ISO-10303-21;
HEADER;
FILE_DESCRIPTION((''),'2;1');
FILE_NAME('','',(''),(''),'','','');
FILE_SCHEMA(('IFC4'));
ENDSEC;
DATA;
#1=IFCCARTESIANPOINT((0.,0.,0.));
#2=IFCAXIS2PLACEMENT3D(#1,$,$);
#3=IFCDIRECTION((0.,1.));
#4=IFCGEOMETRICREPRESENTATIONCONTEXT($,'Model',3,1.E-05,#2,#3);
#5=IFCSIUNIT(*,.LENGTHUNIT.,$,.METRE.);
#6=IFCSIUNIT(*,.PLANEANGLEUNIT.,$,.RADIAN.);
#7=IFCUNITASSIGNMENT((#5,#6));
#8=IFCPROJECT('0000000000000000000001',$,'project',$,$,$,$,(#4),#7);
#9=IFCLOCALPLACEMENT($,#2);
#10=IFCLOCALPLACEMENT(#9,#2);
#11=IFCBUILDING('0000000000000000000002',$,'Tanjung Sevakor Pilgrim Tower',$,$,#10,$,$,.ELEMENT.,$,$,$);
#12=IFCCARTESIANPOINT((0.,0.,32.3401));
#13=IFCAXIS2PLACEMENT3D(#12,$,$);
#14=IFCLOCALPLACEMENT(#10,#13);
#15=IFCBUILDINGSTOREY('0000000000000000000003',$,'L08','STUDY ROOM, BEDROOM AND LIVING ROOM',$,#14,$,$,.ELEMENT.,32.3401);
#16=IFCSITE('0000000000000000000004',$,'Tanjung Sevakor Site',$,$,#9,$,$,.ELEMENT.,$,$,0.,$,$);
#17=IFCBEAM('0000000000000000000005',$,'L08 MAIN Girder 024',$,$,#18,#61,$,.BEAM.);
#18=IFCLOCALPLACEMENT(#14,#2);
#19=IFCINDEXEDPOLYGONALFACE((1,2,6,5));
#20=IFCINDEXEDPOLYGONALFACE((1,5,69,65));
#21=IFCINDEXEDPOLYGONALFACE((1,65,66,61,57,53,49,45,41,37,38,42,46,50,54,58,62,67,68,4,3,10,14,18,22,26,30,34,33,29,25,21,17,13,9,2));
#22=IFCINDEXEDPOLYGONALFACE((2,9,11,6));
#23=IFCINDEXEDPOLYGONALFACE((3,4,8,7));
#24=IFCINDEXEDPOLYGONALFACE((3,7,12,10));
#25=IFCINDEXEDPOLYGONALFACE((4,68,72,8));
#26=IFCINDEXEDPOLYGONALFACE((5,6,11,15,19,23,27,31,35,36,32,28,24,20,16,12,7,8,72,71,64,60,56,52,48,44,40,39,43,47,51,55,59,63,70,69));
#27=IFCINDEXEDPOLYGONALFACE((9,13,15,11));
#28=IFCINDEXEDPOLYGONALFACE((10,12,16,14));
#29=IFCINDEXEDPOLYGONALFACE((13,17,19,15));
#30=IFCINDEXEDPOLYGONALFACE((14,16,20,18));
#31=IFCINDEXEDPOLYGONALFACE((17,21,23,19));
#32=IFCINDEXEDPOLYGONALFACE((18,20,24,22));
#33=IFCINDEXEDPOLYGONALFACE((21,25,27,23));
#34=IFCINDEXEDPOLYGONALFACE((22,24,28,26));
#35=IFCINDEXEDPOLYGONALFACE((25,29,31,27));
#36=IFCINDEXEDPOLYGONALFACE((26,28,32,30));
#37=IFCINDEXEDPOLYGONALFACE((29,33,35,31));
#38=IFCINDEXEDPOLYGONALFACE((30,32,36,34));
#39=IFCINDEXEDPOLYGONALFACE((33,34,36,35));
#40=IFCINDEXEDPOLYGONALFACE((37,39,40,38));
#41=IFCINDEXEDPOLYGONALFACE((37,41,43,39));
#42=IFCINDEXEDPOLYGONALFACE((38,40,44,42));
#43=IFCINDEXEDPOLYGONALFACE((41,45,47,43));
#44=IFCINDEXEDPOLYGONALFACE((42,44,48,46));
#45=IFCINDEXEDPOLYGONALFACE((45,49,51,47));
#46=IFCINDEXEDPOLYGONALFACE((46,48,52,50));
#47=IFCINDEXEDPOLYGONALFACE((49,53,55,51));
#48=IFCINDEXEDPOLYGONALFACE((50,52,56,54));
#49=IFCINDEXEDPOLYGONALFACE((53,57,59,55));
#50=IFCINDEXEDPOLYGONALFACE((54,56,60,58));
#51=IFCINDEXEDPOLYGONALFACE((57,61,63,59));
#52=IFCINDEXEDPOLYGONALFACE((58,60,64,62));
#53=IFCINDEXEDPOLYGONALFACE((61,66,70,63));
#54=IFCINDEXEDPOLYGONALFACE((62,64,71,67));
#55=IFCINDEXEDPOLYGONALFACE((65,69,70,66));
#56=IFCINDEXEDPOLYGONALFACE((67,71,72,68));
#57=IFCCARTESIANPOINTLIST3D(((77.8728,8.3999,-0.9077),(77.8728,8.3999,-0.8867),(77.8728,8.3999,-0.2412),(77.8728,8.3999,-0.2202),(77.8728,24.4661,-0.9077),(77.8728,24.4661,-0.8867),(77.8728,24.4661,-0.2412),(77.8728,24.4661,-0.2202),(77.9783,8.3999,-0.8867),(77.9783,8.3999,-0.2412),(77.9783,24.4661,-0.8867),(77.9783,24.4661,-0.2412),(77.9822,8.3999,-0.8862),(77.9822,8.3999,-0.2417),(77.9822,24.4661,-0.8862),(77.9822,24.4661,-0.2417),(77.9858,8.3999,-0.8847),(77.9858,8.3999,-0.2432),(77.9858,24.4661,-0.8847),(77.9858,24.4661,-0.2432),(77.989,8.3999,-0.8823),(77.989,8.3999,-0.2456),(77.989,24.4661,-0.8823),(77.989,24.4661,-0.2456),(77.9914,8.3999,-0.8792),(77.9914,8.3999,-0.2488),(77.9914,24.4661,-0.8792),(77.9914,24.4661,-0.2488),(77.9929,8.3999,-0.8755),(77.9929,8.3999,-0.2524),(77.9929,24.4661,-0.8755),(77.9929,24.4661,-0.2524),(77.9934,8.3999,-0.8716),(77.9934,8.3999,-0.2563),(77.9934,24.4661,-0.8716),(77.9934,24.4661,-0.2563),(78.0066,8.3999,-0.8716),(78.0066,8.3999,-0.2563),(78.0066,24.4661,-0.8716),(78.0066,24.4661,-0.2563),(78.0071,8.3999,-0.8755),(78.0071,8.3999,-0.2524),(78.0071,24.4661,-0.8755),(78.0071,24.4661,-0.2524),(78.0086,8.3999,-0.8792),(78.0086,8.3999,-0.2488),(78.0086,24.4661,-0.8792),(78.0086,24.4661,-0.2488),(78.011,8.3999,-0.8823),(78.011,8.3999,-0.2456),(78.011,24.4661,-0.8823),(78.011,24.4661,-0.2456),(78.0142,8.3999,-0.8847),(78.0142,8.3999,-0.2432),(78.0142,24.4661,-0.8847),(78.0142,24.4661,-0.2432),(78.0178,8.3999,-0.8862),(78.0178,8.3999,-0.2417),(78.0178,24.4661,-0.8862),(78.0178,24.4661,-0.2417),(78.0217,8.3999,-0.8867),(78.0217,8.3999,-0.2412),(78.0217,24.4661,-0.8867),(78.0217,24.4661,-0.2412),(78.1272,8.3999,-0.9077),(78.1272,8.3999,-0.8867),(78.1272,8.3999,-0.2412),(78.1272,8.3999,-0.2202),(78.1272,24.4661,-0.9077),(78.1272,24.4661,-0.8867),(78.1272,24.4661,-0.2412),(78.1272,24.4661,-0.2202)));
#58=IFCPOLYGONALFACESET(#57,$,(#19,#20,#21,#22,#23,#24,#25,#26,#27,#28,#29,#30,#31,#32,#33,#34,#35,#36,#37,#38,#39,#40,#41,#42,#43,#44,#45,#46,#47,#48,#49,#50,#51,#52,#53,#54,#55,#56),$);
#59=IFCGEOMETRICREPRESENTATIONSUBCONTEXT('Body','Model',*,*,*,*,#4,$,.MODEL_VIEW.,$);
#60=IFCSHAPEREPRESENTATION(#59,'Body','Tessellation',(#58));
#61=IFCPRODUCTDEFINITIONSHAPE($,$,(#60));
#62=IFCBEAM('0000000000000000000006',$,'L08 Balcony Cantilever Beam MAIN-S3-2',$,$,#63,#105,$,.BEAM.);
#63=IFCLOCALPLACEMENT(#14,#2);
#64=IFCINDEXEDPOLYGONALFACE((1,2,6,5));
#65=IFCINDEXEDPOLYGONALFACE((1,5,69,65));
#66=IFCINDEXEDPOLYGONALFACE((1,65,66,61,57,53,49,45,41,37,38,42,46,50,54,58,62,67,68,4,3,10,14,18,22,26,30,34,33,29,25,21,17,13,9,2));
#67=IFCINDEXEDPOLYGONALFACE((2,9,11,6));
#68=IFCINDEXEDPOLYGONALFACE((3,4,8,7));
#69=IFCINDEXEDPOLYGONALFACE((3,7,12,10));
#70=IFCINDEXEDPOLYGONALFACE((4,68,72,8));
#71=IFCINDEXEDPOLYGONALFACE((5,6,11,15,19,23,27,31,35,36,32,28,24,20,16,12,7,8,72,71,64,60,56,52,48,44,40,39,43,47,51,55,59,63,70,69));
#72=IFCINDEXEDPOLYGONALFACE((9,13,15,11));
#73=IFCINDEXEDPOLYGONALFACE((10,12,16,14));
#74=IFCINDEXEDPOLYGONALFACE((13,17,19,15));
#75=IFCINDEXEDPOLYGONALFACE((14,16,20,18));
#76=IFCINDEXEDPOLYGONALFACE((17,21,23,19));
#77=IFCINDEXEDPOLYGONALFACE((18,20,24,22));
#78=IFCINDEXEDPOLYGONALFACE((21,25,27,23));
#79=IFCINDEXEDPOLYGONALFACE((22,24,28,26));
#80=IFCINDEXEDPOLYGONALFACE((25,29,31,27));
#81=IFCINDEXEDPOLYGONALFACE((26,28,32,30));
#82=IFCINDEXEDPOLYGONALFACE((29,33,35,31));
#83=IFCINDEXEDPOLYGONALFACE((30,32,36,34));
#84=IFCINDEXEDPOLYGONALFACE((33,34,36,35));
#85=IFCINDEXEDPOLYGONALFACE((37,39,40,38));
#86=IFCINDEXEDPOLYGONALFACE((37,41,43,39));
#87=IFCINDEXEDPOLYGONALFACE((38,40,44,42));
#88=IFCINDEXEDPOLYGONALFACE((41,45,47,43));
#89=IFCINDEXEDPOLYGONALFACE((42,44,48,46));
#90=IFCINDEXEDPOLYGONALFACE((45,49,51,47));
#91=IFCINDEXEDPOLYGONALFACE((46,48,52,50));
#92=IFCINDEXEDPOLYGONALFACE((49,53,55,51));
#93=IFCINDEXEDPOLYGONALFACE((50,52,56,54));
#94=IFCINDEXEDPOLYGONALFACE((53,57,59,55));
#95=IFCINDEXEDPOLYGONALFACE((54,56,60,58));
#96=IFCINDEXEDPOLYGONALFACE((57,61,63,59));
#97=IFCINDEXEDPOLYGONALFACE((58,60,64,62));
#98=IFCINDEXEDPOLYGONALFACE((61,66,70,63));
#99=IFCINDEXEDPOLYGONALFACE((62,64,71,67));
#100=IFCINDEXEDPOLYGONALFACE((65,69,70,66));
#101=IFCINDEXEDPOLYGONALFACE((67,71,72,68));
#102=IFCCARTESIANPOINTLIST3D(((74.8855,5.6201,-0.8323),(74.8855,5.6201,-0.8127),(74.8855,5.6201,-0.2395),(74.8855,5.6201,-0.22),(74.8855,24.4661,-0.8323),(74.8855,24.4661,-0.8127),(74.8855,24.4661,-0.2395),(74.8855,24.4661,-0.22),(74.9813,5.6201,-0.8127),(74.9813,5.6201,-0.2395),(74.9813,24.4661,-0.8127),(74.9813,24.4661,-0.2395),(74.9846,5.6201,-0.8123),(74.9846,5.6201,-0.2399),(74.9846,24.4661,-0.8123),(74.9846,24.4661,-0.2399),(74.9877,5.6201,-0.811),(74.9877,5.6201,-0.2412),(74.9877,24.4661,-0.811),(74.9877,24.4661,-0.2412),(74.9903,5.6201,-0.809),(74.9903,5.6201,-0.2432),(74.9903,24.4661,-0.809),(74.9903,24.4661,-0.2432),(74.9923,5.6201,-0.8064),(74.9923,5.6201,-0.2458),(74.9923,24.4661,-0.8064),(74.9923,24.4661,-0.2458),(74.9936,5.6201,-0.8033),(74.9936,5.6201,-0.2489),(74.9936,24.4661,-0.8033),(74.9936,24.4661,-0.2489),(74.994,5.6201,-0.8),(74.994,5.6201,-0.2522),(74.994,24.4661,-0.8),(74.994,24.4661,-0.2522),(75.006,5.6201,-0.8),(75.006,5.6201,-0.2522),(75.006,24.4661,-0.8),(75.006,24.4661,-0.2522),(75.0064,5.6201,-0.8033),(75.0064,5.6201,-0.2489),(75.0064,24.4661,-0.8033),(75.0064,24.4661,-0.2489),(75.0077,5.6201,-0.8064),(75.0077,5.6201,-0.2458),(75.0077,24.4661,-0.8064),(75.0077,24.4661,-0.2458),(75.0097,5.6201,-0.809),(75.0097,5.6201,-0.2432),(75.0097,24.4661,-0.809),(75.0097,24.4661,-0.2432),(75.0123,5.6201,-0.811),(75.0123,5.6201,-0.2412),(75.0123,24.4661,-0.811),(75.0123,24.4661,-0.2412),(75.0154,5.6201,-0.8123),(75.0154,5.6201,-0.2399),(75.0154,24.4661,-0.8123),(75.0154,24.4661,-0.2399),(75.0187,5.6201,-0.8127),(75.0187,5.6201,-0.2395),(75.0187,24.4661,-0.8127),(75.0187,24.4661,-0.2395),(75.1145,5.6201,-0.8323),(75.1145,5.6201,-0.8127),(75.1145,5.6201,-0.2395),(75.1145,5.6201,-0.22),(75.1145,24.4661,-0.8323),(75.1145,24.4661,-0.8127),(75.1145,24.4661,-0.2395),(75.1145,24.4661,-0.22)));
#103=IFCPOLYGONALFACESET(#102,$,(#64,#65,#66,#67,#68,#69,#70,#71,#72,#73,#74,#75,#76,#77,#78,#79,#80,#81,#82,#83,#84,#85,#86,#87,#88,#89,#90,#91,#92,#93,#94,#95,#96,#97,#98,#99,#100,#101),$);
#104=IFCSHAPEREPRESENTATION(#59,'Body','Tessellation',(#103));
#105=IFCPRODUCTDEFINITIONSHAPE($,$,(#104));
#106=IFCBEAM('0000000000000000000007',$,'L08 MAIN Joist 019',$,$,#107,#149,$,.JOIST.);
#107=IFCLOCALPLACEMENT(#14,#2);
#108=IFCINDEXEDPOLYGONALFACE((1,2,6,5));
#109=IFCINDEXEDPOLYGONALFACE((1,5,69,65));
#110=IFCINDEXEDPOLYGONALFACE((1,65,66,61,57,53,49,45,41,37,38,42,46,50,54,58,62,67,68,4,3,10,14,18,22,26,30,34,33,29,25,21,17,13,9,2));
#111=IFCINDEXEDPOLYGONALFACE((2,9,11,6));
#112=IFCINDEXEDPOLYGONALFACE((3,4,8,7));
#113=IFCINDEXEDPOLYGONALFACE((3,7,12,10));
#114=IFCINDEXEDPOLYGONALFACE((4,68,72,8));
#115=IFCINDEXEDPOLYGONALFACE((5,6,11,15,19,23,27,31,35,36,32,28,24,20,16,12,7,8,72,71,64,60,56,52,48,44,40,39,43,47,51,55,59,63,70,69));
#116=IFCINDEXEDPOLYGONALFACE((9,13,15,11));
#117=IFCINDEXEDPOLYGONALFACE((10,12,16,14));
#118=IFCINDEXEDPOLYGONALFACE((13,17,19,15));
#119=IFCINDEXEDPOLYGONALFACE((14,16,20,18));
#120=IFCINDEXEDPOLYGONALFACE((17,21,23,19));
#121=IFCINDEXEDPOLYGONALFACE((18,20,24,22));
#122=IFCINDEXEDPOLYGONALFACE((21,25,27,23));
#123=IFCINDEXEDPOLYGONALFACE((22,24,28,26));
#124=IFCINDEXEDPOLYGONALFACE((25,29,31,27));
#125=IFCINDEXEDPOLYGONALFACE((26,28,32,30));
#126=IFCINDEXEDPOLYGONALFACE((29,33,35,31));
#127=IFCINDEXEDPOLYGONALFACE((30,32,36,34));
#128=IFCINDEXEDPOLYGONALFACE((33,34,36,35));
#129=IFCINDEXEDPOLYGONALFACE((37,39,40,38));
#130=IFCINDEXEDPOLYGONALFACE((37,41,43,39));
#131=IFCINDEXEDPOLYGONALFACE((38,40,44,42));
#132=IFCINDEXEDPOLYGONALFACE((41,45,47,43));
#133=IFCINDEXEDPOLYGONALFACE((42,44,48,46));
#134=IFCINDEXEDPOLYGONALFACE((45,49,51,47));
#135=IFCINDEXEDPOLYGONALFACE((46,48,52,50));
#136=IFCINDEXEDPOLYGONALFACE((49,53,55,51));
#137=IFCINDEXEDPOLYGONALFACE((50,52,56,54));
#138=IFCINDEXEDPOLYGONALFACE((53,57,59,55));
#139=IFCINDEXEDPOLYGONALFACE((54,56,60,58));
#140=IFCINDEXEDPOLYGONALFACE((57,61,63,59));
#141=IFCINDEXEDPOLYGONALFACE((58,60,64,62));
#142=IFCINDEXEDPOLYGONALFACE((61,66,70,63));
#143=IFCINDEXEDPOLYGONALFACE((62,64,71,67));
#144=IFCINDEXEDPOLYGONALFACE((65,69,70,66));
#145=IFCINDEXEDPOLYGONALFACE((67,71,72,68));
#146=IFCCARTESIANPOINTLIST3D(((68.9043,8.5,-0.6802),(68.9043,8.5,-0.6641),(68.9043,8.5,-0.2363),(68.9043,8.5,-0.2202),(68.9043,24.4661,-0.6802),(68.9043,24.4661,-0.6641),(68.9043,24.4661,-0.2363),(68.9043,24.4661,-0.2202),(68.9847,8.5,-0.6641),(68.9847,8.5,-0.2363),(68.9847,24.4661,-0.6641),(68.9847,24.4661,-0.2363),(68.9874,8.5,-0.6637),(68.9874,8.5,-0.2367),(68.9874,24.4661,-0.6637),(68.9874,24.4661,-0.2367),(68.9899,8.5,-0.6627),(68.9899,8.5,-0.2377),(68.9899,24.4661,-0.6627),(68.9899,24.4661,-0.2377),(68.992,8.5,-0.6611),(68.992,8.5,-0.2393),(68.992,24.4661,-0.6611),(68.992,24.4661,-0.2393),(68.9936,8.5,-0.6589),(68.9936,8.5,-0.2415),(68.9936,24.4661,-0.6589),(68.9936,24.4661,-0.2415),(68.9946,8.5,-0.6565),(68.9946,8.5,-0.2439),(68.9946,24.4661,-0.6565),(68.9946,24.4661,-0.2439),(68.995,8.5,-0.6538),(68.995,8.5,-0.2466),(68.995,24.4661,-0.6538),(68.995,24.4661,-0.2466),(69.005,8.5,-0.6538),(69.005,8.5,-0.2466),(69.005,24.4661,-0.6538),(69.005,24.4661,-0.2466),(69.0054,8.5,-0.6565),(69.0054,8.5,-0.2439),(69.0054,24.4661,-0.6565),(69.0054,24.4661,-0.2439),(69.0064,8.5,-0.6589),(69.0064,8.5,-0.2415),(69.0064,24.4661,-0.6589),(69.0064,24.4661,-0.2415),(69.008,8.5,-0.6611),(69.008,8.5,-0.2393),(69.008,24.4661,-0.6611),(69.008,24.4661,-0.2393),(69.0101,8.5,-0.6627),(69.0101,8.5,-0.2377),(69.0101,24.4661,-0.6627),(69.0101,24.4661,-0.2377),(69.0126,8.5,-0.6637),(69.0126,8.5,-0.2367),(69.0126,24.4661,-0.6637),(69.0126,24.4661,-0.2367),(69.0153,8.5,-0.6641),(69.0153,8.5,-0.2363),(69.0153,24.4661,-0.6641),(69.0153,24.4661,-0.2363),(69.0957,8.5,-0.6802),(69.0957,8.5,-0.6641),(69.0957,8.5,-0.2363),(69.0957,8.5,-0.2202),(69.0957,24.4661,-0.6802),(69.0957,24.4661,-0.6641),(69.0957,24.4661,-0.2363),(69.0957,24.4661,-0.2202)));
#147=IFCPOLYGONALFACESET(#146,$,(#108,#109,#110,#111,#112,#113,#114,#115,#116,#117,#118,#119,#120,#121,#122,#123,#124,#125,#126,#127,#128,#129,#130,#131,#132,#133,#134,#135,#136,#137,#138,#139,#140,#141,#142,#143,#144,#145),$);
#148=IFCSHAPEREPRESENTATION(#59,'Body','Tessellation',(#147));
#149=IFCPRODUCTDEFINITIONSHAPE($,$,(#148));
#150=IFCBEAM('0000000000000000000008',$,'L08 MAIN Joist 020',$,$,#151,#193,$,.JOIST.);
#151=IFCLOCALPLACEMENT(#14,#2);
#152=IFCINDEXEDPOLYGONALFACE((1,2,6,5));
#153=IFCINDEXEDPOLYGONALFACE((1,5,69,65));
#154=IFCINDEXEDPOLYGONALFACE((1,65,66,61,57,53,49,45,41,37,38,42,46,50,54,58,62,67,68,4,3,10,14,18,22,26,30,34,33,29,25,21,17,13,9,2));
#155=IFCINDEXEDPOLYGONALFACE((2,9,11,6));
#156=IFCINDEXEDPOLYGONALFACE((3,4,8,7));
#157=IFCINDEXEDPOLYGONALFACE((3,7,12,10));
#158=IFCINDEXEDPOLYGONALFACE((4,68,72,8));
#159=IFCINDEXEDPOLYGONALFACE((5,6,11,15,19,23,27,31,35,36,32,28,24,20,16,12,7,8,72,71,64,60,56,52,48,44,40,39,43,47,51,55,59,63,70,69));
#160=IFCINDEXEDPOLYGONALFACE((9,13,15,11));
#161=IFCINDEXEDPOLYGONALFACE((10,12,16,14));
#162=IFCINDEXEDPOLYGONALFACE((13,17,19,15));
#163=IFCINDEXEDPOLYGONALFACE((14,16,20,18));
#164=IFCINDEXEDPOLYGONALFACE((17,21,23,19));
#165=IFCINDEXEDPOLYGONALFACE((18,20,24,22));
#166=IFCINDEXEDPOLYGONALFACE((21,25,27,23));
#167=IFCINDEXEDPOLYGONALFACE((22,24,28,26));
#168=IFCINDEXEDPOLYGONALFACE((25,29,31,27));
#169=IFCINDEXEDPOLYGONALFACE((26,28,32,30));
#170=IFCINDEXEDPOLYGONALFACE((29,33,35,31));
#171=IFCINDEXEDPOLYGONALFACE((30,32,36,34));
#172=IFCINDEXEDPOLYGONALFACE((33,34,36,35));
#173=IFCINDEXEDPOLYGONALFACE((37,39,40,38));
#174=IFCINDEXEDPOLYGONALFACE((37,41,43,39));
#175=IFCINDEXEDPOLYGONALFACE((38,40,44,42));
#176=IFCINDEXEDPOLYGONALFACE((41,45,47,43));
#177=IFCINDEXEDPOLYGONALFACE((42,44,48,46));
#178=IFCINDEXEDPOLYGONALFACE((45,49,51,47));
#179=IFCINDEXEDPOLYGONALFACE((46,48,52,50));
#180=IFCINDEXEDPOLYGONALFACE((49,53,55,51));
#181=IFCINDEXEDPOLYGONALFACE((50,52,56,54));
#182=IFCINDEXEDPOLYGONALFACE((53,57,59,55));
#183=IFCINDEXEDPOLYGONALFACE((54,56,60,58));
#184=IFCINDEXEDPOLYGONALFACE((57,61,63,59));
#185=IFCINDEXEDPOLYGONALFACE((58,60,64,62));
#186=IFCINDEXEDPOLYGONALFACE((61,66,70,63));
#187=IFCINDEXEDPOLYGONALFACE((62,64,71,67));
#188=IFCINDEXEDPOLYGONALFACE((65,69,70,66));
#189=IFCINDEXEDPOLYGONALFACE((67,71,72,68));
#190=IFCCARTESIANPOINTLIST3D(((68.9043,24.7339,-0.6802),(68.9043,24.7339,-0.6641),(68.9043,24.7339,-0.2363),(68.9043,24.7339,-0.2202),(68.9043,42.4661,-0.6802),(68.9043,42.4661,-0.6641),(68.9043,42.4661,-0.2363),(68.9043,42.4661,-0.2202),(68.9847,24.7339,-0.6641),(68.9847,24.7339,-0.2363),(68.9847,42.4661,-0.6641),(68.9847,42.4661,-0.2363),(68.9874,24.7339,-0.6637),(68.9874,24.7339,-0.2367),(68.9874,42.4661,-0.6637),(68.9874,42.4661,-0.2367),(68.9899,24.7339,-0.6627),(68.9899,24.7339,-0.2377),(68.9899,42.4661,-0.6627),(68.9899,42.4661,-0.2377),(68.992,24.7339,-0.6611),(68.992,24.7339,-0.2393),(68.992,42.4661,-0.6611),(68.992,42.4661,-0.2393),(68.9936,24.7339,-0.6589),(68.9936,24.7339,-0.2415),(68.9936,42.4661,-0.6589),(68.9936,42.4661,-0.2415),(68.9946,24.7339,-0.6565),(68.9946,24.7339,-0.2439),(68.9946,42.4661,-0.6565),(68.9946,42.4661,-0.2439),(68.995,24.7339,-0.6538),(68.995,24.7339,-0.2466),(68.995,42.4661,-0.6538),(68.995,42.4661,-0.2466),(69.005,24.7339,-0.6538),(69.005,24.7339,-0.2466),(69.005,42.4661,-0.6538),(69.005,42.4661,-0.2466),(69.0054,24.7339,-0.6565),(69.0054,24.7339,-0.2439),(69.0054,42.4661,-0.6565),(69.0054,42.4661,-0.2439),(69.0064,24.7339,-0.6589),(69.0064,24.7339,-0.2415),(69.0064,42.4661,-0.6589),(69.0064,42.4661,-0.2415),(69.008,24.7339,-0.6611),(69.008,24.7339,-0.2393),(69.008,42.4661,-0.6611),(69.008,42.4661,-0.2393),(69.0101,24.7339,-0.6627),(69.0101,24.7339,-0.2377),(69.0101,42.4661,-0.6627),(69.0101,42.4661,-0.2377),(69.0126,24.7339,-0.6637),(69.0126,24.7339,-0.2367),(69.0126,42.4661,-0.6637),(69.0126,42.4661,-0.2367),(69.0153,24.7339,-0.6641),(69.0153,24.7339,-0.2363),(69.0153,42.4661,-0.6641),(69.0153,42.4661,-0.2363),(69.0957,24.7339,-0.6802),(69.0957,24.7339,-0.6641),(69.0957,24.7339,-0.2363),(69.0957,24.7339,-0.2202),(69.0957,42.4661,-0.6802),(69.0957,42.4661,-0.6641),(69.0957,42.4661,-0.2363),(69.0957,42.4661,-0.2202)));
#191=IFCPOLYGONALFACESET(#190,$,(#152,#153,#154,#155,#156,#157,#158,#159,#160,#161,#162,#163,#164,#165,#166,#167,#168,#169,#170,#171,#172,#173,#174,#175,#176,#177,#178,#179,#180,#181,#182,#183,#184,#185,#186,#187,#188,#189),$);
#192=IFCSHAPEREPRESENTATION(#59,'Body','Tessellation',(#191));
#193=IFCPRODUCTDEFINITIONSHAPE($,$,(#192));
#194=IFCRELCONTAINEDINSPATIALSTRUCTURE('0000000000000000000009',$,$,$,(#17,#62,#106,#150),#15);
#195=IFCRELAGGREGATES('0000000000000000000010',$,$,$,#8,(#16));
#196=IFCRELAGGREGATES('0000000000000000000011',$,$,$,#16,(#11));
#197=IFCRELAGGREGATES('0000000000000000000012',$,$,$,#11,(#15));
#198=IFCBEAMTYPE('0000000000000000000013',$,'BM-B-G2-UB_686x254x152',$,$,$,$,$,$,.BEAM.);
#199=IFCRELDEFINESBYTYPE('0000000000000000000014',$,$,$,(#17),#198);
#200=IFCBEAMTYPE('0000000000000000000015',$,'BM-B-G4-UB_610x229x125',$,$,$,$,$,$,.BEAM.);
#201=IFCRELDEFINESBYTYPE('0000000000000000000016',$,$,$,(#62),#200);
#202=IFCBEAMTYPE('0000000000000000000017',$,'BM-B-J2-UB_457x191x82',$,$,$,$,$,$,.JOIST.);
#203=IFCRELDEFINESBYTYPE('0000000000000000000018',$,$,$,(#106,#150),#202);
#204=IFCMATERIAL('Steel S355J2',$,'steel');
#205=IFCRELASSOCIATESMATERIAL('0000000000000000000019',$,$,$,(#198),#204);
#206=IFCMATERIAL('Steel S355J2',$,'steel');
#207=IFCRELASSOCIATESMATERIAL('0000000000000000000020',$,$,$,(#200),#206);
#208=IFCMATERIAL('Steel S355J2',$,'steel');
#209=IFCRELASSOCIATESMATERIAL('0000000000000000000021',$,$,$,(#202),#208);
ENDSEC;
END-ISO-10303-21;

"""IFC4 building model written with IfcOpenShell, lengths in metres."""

from ifc_helpers import new_model, si_unit, direction, frame, origin, origin_2d, place, context, subcontext, project, spatial, i_section, extrude, material, material_profile, profile_set, type_object, element, save


model = new_model("IFC4")

# Units and contexts
model_context = context("Model", 3, precision=1e-05, world=origin(), true_north=direction((0.0, 1.0)))
body_context = subcontext(model_context, "Body", "Model", "MODEL_VIEW")
ifc_project = project(units=[si_unit("LENGTHUNIT", "METRE"), si_unit("PLANEANGLEUNIT", "RADIAN")], contexts=[model_context])

# Site, building, storey
site_placement = place(None, origin())
site = spatial("IfcSite", under=ifc_project, at=site_placement, Name="Tanjung Sevakor Site", CompositionType="ELEMENT", RefElevation=0.0)
building_placement = place(site_placement, origin())
building = spatial("IfcBuilding", under=site, at=building_placement, Name="Tanjung Sevakor Pilgrim Tower", CompositionType="ELEMENT")
storey_placement = place(building_placement, frame((0.0, 0.0, 32.3401)))
storey = spatial("IfcBuildingStorey", under=building, at=storey_placement, Name="L08", Description="STUDY ROOM, BEDROOM AND LIVING ROOM", CompositionType="ELEMENT", Elevation=32.3401)

# Beams
ifc_material_1 = material(Name="Steel S355J2", Category="steel")
ifc_material_profile_1 = material_profile(ifc_material_1, i_section(OverallWidth=0.2544, OverallDepth=0.6875, WebThickness=0.0132, FlangeThickness=0.021, FilletRadius=0.0151, at=origin_2d()))
ifc_profile_set_1 = profile_set([ifc_material_profile_1], Name="Steel S355J2")
beam_type_1 = type_object("IfcBeamType", Name="BM-B-G2-UB_686x254x152", PredefinedType="BEAM", material=ifc_profile_set_1)
beam_1_placement = place(storey_placement, frame((78.0, 8.3999, -0.564), z_axis=(0.0, 1.0, 0.0), x_axis=(-1.0, 0.0, 0.0)))
element("IfcBeam", 1, at=beam_1_placement, inside=storey, type_object=beam_type_1, Name="L08 MAIN Girder 024", PredefinedType="BEAM", context=body_context, shape_type="SweptSolid", body=[
    extrude(i_section(OverallWidth=0.2544, OverallDepth=0.6875, WebThickness=0.0132, FlangeThickness=0.021, FilletRadius=0.0151, at=origin_2d()), origin(), (0.0, 0.0, 1.0), 16.0662),
])
ifc_material_2 = material(Name="Steel S355J2", Category="steel")
ifc_material_profile_2 = material_profile(ifc_material_2, i_section(OverallWidth=0.229, OverallDepth=0.6123, WebThickness=0.012, FlangeThickness=0.0195, FilletRadius=0.0127, at=origin_2d()))
ifc_profile_set_2 = profile_set([ifc_material_profile_2], Name="Steel S355J2")
beam_type_2 = type_object("IfcBeamType", Name="BM-B-G4-UB_610x229x125", PredefinedType="BEAM", material=ifc_profile_set_2)
beam_2_placement = place(storey_placement, frame((75.0, 24.4661, -0.5261), z_axis=(0.0, -1.0, 0.0), x_axis=(1.0, 0.0, 0.0)))
element("IfcBeam", 2, at=beam_2_placement, inside=storey, type_object=beam_type_2, Name="L08 Balcony Cantilever Beam MAIN-S3-2", PredefinedType="BEAM", context=body_context, shape_type="SweptSolid", body=[
    extrude(i_section(OverallWidth=0.229, OverallDepth=0.6123, WebThickness=0.012, FlangeThickness=0.0195, FilletRadius=0.0127, at=origin_2d()), origin(), (0.0, 0.0, 1.0), 18.8459),
])
ifc_material_3 = material(Name="Steel S355J2", Category="steel")
ifc_material_profile_3 = material_profile(ifc_material_3, i_section(OverallWidth=0.1914, OverallDepth=0.46, WebThickness=0.01, FlangeThickness=0.0161, FilletRadius=0.0103, at=origin_2d()))
ifc_profile_set_3 = profile_set([ifc_material_profile_3], Name="Steel S355J2")
beam_type_3 = type_object("IfcBeamType", Name="BM-B-J2-UB_457x191x82", PredefinedType="JOIST", material=ifc_profile_set_3)
beam_3_placement = place(storey_placement, frame((69.0, 8.5, -0.4502), z_axis=(0.0, 1.0, 0.0), x_axis=(-1.0, 0.0, 0.0)))
element("IfcBeam", 3, at=beam_3_placement, inside=storey, type_object=beam_type_3, Name="L08 MAIN Joist 019", PredefinedType="JOIST", context=body_context, shape_type="SweptSolid", body=[
    extrude(i_section(OverallWidth=0.1914, OverallDepth=0.46, WebThickness=0.01, FlangeThickness=0.0161, FilletRadius=0.0103, at=origin_2d()), origin(), (0.0, 0.0, 1.0), 15.9661),
])
for number, where, z_axis, x_axis, name in (
    (4, (69.0, 24.7339, -0.4502), (0.0, 1.0, 0.0), (-1.0, 0.0, 0.0), "L08 MAIN Joist 020"),
):
    element("IfcBeam", number, at=place(storey_placement, frame(where, z_axis=z_axis, x_axis=x_axis)), inside=storey, type_object=beam_type_3, Name=name, PredefinedType="JOIST", context=body_context, shape_type="SweptSolid", body=[
        extrude(i_section(OverallWidth=0.1914, OverallDepth=0.46, WebThickness=0.01, FlangeThickness=0.0161, FilletRadius=0.0103, at=origin_2d()), origin(), (0.0, 0.0, 1.0), 17.7322),
    ])

save(model, "model.ifc")
